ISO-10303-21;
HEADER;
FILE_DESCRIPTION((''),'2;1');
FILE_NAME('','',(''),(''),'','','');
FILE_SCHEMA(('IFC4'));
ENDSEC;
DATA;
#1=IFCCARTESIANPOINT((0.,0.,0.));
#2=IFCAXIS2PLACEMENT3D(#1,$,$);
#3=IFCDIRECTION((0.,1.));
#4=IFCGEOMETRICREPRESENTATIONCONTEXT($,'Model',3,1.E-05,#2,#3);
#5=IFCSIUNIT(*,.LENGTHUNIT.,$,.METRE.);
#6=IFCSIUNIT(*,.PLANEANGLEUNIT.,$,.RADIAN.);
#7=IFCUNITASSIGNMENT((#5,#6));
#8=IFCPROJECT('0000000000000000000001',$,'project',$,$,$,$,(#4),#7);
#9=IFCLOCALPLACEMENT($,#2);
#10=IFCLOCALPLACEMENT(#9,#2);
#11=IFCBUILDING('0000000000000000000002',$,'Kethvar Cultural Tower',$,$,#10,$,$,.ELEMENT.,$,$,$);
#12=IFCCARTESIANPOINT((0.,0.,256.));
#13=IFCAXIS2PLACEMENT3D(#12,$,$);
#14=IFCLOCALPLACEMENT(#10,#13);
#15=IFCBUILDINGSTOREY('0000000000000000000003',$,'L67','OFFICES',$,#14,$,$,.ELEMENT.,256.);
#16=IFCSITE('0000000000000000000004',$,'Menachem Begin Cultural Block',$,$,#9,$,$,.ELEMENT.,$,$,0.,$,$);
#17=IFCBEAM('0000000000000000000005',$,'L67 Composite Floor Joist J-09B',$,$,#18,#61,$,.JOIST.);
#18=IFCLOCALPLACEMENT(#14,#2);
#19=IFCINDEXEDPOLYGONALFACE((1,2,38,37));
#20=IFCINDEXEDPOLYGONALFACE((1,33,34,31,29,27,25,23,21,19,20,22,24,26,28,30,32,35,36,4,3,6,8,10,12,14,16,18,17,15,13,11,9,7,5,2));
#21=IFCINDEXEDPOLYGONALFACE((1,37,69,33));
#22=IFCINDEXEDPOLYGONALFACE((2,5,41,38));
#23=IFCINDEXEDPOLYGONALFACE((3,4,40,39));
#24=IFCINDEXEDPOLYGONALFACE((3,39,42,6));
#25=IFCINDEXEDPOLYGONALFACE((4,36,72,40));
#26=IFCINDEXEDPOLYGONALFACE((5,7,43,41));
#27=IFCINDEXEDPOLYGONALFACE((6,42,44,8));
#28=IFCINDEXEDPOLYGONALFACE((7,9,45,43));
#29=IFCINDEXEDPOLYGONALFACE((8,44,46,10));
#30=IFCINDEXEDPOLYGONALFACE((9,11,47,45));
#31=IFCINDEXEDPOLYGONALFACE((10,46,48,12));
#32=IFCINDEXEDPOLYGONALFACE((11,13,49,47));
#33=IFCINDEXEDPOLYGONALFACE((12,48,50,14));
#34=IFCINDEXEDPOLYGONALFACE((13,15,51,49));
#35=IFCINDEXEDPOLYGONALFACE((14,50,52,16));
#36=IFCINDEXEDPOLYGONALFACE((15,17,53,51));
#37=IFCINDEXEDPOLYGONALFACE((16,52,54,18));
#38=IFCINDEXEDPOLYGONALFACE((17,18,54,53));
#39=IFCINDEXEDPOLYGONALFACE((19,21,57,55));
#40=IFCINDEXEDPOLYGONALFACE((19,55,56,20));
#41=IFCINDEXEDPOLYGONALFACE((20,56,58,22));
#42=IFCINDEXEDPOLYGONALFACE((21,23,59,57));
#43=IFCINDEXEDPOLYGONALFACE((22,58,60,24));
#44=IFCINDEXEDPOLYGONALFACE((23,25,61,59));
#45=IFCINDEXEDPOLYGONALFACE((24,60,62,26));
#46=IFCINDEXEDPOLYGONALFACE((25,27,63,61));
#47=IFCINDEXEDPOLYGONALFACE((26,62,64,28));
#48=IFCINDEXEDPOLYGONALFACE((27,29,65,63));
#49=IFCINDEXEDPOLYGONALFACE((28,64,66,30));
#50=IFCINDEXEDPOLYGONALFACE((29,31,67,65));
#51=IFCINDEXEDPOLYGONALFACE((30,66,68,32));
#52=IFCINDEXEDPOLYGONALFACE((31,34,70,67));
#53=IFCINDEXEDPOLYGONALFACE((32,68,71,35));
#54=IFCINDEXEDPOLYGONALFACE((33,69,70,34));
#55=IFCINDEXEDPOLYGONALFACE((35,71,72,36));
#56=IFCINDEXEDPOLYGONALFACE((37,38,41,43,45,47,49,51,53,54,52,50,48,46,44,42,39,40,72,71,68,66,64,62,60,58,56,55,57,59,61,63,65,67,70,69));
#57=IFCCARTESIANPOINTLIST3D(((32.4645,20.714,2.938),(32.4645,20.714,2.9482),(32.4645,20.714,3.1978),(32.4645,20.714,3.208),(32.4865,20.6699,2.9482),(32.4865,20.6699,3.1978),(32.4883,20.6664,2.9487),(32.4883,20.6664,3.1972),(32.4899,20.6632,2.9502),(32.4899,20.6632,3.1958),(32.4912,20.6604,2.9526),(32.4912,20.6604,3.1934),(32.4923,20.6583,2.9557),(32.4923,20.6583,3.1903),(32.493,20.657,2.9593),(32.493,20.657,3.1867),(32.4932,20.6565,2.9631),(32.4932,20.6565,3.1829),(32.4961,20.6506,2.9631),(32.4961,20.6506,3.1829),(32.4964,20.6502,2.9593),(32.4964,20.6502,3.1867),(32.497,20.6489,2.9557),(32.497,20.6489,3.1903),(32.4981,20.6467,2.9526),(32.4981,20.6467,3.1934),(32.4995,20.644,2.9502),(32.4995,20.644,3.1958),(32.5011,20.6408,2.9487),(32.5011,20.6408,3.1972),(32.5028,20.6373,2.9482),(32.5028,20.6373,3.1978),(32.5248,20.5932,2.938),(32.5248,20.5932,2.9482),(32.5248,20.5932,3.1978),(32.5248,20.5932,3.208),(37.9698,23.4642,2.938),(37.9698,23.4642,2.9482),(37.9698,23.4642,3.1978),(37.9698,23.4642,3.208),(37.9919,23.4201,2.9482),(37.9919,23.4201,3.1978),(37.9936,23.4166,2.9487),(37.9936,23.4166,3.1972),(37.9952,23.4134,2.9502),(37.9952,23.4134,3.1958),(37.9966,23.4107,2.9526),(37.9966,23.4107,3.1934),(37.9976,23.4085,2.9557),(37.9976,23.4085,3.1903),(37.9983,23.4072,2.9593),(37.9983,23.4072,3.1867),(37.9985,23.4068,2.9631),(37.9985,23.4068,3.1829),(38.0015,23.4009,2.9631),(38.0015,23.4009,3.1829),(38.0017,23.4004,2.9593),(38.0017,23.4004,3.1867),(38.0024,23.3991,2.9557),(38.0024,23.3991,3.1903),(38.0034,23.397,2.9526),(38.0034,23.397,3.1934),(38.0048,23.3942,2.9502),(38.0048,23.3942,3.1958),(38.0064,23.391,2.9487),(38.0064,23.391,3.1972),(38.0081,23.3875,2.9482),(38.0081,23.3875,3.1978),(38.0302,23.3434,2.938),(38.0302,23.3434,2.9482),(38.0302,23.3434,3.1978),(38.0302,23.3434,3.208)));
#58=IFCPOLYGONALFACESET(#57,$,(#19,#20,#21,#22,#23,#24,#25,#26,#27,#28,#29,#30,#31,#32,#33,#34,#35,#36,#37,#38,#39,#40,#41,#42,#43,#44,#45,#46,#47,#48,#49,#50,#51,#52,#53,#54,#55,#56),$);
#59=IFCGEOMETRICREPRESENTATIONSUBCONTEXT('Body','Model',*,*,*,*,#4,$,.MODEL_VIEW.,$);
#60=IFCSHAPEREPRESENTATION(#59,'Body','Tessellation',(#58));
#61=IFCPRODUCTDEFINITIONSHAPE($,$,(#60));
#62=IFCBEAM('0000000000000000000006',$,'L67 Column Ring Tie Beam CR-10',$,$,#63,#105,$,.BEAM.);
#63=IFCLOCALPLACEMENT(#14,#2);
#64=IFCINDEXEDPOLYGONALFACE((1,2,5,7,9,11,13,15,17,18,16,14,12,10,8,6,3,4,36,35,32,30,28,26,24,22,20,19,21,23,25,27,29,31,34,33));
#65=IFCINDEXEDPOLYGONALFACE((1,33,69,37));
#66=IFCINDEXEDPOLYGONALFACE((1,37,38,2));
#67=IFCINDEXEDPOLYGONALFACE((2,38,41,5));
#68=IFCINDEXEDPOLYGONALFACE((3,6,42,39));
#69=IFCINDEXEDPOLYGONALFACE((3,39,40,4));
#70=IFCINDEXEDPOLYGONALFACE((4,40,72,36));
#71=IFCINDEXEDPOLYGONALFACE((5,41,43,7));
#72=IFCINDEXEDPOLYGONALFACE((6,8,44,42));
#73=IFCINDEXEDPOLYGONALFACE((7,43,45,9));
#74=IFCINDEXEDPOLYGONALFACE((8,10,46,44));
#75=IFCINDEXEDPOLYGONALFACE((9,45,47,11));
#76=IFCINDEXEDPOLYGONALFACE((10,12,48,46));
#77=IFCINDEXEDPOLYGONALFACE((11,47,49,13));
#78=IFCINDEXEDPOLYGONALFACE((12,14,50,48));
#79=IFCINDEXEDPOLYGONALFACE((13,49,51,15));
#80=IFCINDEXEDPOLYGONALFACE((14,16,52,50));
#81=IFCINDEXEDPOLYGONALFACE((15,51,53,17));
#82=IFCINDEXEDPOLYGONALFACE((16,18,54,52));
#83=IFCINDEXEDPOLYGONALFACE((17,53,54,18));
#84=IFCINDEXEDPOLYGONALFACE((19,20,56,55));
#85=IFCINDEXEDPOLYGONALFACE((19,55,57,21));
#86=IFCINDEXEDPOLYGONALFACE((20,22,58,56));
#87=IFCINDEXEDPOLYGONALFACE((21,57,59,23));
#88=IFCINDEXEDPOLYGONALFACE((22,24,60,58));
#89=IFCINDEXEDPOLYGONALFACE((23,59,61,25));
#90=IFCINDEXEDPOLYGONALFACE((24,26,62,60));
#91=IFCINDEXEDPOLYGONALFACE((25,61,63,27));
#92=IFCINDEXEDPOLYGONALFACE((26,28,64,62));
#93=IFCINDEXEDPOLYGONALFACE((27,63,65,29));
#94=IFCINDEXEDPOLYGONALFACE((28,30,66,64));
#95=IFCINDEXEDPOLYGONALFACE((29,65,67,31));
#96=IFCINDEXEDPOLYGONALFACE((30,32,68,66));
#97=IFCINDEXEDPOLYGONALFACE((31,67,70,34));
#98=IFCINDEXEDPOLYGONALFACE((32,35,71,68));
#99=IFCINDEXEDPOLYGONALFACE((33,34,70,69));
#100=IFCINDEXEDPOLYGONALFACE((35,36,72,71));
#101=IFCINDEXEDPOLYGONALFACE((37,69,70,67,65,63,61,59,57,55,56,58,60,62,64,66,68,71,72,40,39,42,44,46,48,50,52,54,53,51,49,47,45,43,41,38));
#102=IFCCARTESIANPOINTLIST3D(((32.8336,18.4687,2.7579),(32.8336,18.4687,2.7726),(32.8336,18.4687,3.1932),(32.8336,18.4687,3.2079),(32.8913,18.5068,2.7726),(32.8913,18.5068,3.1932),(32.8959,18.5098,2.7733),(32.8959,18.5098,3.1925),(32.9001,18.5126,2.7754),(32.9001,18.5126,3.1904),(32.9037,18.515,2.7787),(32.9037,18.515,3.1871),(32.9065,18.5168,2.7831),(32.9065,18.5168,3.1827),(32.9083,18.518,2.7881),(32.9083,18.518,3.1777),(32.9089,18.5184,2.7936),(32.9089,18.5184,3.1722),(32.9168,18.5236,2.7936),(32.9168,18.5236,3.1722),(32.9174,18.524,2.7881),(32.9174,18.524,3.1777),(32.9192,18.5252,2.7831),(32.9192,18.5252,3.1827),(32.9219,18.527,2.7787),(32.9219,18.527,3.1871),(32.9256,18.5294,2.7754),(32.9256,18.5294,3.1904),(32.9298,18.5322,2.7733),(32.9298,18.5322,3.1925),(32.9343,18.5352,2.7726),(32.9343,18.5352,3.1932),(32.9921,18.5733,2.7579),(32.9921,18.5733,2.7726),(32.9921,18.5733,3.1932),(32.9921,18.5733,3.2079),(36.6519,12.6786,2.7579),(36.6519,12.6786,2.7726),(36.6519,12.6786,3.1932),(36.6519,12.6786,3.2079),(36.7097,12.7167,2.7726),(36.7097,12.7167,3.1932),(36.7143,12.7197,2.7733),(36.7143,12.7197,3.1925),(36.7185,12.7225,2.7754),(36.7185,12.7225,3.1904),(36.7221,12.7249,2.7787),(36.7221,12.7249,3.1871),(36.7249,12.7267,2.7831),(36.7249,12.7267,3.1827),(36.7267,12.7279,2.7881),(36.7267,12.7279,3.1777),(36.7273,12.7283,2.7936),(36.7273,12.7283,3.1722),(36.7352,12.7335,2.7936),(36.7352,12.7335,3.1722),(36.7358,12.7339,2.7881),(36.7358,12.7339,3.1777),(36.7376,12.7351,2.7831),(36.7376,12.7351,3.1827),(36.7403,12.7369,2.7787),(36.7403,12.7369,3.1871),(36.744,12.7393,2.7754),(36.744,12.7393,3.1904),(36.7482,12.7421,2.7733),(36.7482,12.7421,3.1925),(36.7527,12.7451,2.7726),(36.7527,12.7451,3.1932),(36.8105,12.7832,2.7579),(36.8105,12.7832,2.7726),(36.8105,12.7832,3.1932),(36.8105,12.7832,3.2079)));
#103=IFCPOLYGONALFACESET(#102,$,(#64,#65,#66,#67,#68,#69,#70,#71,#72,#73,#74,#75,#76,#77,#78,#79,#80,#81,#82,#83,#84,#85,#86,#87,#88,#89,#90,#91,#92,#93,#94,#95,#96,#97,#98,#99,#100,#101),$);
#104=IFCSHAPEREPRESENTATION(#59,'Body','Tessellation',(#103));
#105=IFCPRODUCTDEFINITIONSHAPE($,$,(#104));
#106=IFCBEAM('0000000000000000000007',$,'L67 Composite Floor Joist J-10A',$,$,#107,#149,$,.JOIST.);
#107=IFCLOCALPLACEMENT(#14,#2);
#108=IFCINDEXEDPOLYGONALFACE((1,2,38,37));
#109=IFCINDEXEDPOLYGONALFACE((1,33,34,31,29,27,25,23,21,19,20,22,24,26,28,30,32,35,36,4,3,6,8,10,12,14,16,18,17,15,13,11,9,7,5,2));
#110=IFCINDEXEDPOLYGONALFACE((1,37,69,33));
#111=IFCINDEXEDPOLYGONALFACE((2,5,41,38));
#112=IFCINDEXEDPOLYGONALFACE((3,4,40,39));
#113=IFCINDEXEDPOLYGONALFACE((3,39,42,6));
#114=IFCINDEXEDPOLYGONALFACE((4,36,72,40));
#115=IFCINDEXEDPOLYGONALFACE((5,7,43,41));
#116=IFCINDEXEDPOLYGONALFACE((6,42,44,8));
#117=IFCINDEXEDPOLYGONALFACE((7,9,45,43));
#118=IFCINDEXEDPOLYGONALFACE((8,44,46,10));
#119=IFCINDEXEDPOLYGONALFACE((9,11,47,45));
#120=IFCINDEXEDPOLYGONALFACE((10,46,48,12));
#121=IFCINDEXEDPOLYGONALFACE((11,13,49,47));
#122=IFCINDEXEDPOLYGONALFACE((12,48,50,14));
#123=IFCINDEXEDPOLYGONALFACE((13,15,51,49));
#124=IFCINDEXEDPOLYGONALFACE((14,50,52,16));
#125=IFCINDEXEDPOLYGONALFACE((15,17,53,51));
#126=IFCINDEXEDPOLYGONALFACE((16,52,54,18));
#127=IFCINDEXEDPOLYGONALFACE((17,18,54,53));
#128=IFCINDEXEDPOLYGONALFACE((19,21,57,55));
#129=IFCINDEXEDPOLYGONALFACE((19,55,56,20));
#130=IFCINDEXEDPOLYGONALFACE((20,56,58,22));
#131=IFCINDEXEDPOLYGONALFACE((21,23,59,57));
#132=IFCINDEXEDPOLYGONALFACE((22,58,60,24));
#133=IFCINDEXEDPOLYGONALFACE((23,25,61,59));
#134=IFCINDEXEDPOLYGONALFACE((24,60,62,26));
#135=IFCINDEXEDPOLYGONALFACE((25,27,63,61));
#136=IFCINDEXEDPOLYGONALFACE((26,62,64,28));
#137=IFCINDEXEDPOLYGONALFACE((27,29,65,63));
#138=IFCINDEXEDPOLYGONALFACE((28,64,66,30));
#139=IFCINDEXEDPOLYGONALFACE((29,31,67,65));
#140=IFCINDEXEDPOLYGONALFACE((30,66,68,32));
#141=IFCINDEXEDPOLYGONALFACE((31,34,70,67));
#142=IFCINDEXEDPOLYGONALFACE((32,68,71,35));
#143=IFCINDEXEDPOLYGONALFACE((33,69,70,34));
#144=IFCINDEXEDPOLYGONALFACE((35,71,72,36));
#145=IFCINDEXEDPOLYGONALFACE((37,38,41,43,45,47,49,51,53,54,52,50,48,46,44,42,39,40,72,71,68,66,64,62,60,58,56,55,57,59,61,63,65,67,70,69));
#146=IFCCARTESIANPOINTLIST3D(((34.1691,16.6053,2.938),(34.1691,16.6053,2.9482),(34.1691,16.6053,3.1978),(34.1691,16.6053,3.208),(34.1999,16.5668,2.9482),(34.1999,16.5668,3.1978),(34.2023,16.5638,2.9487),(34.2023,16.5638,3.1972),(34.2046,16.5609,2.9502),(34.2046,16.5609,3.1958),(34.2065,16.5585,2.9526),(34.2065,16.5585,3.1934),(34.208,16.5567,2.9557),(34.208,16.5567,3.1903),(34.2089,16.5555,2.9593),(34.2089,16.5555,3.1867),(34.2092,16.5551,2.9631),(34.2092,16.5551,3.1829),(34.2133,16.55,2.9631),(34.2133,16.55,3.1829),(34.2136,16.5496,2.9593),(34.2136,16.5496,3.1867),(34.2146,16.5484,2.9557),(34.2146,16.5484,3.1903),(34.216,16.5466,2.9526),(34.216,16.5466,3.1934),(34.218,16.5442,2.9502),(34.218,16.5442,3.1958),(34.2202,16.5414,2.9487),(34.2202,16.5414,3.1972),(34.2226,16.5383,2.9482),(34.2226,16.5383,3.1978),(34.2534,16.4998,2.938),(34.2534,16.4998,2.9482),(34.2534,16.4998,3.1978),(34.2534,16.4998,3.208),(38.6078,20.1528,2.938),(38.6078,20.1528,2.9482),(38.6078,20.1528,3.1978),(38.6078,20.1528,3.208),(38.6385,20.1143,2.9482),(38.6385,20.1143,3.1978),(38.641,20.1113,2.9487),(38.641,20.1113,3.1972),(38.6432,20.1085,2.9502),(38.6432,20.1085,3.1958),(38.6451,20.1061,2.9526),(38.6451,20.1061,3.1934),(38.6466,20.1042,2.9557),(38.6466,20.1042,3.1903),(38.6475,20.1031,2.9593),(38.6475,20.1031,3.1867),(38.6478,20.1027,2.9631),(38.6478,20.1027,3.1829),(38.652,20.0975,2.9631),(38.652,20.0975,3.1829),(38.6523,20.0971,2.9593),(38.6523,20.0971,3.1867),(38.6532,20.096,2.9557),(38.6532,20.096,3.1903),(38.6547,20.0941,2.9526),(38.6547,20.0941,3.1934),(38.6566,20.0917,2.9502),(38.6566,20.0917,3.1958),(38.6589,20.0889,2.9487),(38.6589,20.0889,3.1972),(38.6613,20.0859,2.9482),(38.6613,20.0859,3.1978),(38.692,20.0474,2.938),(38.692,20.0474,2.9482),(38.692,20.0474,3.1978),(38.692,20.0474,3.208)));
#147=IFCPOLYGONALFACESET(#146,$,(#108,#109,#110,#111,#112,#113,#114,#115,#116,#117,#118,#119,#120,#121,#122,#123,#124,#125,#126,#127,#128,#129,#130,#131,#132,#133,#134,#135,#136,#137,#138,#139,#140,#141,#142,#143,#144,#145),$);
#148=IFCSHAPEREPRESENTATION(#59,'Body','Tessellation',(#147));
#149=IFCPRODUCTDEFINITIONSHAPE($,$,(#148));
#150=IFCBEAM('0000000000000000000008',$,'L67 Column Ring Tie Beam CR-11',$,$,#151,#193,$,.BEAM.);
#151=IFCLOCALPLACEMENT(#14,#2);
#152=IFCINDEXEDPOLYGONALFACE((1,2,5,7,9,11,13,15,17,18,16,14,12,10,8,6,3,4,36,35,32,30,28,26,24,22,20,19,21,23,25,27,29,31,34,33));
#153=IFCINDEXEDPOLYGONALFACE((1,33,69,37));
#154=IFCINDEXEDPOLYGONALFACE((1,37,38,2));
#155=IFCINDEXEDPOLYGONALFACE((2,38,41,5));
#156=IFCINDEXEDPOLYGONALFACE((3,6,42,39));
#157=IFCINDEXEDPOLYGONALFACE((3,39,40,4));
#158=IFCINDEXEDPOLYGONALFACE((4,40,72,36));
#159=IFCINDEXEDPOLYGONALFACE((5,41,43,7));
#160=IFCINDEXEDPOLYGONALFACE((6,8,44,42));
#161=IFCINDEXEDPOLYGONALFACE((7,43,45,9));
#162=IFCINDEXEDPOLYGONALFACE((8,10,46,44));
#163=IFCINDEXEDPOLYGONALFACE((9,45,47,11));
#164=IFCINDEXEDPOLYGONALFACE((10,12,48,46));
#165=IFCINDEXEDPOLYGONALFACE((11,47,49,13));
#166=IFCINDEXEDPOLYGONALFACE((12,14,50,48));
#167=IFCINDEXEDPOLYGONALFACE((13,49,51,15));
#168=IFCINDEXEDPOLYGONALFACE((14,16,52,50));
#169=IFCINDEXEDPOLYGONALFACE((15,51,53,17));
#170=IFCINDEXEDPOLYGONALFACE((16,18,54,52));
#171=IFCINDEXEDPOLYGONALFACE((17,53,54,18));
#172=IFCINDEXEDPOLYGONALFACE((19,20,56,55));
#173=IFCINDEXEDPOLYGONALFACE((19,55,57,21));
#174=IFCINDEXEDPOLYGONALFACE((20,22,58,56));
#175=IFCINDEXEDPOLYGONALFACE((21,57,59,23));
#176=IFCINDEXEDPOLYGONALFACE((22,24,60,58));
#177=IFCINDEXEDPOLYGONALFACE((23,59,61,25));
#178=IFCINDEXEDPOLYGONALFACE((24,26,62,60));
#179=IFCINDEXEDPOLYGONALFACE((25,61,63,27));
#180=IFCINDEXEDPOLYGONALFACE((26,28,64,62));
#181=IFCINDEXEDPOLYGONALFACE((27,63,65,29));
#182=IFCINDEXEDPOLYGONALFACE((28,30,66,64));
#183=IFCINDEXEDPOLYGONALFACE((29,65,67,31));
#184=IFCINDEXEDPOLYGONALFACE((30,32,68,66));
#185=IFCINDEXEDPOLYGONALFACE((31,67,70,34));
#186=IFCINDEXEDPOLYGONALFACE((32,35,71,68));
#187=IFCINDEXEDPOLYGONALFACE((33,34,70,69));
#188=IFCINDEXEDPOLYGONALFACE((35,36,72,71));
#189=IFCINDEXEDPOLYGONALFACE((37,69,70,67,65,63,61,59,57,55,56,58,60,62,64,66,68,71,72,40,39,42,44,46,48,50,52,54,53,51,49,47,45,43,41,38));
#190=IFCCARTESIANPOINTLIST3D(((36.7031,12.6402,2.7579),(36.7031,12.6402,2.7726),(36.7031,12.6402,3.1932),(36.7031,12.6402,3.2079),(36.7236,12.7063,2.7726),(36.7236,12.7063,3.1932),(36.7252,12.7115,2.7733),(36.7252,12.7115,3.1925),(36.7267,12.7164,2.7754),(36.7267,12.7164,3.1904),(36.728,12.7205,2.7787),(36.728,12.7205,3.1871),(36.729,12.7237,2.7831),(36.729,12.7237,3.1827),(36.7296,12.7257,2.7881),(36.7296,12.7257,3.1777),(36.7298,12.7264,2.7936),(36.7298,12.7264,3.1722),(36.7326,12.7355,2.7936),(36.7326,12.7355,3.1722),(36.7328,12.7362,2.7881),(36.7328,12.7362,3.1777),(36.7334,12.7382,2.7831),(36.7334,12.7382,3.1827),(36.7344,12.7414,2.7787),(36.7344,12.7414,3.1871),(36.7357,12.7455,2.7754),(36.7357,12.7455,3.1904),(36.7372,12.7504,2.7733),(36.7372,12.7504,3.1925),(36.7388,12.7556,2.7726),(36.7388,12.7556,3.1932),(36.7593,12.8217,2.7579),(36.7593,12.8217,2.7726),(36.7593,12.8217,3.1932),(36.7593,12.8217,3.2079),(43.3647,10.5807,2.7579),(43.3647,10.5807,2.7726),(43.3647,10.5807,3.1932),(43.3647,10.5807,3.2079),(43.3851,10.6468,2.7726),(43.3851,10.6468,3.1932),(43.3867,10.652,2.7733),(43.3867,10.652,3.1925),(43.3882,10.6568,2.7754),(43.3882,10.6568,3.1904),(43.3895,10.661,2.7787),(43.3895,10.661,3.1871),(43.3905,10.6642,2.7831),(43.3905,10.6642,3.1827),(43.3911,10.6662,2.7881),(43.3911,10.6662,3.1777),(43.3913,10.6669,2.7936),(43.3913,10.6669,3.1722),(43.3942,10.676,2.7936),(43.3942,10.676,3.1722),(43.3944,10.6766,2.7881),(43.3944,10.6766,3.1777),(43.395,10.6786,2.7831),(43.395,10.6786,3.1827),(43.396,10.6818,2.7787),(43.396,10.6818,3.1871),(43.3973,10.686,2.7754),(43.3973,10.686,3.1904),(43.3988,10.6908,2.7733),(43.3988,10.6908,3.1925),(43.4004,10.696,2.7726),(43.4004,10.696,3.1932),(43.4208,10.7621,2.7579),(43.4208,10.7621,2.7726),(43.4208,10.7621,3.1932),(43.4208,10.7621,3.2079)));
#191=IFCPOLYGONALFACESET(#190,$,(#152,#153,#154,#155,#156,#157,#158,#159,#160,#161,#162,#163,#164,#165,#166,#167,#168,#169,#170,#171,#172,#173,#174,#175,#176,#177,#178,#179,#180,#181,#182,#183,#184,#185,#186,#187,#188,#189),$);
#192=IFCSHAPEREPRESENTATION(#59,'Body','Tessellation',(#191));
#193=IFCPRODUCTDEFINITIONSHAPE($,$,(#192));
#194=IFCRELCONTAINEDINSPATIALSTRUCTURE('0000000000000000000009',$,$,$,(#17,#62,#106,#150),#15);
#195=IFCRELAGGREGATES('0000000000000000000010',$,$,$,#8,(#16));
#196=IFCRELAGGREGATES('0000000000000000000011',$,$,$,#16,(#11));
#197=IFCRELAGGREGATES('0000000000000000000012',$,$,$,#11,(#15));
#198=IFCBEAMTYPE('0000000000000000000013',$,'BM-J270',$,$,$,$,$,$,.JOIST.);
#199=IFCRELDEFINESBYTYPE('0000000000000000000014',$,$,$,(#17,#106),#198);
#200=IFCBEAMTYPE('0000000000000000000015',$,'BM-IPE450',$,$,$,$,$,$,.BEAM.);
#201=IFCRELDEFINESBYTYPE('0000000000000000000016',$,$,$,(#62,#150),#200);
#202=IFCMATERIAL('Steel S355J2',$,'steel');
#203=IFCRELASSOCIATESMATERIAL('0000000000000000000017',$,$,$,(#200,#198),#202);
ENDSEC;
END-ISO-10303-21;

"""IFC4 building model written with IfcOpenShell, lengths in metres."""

from ifc_helpers import new_model, si_unit, direction, frame, origin, origin_2d, place, context, subcontext, project, spatial, i_section, extrude, source, transform, mapped, material, material_profile, profile_set, type_object, element, save


model = new_model("IFC4")

# Units and contexts
model_context = context("Model", 3, precision=1e-05, world=origin(), true_north=direction((0.0, 1.0)))
body_context = subcontext(model_context, "Body", "Model", "MODEL_VIEW")
ifc_project = project(units=[si_unit("LENGTHUNIT", "METRE"), si_unit("PLANEANGLEUNIT", "RADIAN")], contexts=[model_context])

# Site, building, storey
site_placement = place(None, origin())
site = spatial("IfcSite", under=ifc_project, at=site_placement, Name="Menachem Begin Cultural Block", CompositionType="ELEMENT", RefElevation=0.0)
building_placement = place(site_placement, origin())
building = spatial("IfcBuilding", under=site, at=building_placement, Name="Kethvar Cultural Tower", CompositionType="ELEMENT")
storey_placement = place(building_placement, frame((0.0, 0.0, 256.0)))
storey = spatial("IfcBuildingStorey", under=building, at=storey_placement, Name="L67", Description="OFFICES", CompositionType="ELEMENT", Elevation=256.0)

# Beams
ifc_material_1 = material(Name="Steel S355J2", Category="steel")
ifc_material_profile_1 = material_profile(ifc_material_1, i_section(OverallWidth=0.1899, OverallDepth=0.45, WebThickness=0.0095, FlangeThickness=0.0146, FilletRadius=0.021, at=origin_2d()), Name="Steel S355J2 — IPE450")
ifc_profile_set_1 = profile_set([ifc_material_profile_1], Name="Steel S355J2 — IPE450")
beam_type_1 = type_object("IfcBeamType", Name="BM-IPE450", PredefinedType="BEAM", material=ifc_profile_set_1)
ifc_material_profile_2 = material_profile(ifc_material_1, i_section(OverallWidth=0.135, OverallDepth=0.27, WebThickness=0.0066, FlangeThickness=0.0103, FilletRadius=0.0149, at=origin_2d()), Name="Steel S355J2 — IPE270")
ifc_profile_set_2 = profile_set([ifc_material_profile_2], Name="Steel S355J2 — IPE270")
beam_type_2 = type_object("IfcBeamType", Name="BM-J270", PredefinedType="JOIST", material=ifc_profile_set_2)
shared_shape_1 = source(origin(), body_context, "Body", "SweptSolid", [
    extrude(i_section(OverallWidth=0.135, OverallDepth=0.27, WebThickness=0.0066, FlangeThickness=0.0103, FilletRadius=0.0149, at=origin_2d()), origin(), (0.0, 0.0, 1.0), 6.1541),
])
beam_1_placement = place(storey_placement, frame((38.0, 23.4038, 3.073), z_axis=(-0.894586, -0.446896, 0.0), x_axis=(0.446896, -0.894586, 0.0)))
element("IfcBeam", 1, at=beam_1_placement, inside=storey, type_object=beam_type_2, Name="L67 Composite Floor Joist J-09B", PredefinedType="JOIST", context=body_context, shape_type="MappedRepresentation", body=[
    mapped(shared_shape_1, transform((0.0, 0.0, 0.0), scale=1.0)),
])
shared_shape_2 = source(origin(), body_context, "Body", "SweptSolid", [
    extrude(i_section(OverallWidth=0.1899, OverallDepth=0.45, WebThickness=0.0095, FlangeThickness=0.0146, FilletRadius=0.021, at=origin_2d()), origin(), (0.0, 0.0, 1.0), 6.9358),
])
beam_2_placement = place(storey_placement, frame((32.9128, 18.521, 2.9829), z_axis=(0.550534, -0.834813, 0.0), x_axis=(0.834813, 0.550534, 0.0)))
element("IfcBeam", 2, at=beam_2_placement, inside=storey, type_object=beam_type_1, Name="L67 Column Ring Tie Beam CR-10", PredefinedType="BEAM", context=body_context, shape_type="MappedRepresentation", body=[
    mapped(shared_shape_2, transform((0.0, 0.0, 0.0), scale=1.0)),
])
shared_shape_3 = source(origin(), body_context, "Body", "SweptSolid", [
    extrude(i_section(OverallWidth=0.135, OverallDepth=0.27, WebThickness=0.0066, FlangeThickness=0.0103, FilletRadius=0.0149, at=origin_2d()), origin(), (0.0, 0.0, 1.0), 5.6821),
])
beam_3_placement = place(storey_placement, frame((38.6499, 20.1001, 3.073), z_axis=(-0.781158, -0.624333, 0.0), x_axis=(0.624333, -0.781158, 0.0)))
element("IfcBeam", 3, at=beam_3_placement, inside=storey, type_object=beam_type_2, Name="L67 Composite Floor Joist J-10A", PredefinedType="JOIST", context=body_context, shape_type="MappedRepresentation", body=[
    mapped(shared_shape_3, transform((0.0, 0.0, 0.0), scale=1.0)),
])
shared_shape_4 = source(origin(), body_context, "Body", "SweptSolid", [
    extrude(i_section(OverallWidth=0.1899, OverallDepth=0.45, WebThickness=0.0095, FlangeThickness=0.0146, FilletRadius=0.021, at=origin_2d()), origin(), (0.0, 0.0, 1.0), 6.9727),
])
beam_4_placement = place(storey_placement, frame((36.7312, 12.731, 2.9829), z_axis=(0.955381, -0.295375, 0.0), x_axis=(0.295375, 0.955381, 0.0)))
element("IfcBeam", 4, at=beam_4_placement, inside=storey, type_object=beam_type_1, Name="L67 Column Ring Tie Beam CR-11", PredefinedType="BEAM", context=body_context, shape_type="MappedRepresentation", body=[
    mapped(shared_shape_4, transform((0.0, 0.0, 0.0), scale=1.0)),
])

save(model, "model.ifc")
